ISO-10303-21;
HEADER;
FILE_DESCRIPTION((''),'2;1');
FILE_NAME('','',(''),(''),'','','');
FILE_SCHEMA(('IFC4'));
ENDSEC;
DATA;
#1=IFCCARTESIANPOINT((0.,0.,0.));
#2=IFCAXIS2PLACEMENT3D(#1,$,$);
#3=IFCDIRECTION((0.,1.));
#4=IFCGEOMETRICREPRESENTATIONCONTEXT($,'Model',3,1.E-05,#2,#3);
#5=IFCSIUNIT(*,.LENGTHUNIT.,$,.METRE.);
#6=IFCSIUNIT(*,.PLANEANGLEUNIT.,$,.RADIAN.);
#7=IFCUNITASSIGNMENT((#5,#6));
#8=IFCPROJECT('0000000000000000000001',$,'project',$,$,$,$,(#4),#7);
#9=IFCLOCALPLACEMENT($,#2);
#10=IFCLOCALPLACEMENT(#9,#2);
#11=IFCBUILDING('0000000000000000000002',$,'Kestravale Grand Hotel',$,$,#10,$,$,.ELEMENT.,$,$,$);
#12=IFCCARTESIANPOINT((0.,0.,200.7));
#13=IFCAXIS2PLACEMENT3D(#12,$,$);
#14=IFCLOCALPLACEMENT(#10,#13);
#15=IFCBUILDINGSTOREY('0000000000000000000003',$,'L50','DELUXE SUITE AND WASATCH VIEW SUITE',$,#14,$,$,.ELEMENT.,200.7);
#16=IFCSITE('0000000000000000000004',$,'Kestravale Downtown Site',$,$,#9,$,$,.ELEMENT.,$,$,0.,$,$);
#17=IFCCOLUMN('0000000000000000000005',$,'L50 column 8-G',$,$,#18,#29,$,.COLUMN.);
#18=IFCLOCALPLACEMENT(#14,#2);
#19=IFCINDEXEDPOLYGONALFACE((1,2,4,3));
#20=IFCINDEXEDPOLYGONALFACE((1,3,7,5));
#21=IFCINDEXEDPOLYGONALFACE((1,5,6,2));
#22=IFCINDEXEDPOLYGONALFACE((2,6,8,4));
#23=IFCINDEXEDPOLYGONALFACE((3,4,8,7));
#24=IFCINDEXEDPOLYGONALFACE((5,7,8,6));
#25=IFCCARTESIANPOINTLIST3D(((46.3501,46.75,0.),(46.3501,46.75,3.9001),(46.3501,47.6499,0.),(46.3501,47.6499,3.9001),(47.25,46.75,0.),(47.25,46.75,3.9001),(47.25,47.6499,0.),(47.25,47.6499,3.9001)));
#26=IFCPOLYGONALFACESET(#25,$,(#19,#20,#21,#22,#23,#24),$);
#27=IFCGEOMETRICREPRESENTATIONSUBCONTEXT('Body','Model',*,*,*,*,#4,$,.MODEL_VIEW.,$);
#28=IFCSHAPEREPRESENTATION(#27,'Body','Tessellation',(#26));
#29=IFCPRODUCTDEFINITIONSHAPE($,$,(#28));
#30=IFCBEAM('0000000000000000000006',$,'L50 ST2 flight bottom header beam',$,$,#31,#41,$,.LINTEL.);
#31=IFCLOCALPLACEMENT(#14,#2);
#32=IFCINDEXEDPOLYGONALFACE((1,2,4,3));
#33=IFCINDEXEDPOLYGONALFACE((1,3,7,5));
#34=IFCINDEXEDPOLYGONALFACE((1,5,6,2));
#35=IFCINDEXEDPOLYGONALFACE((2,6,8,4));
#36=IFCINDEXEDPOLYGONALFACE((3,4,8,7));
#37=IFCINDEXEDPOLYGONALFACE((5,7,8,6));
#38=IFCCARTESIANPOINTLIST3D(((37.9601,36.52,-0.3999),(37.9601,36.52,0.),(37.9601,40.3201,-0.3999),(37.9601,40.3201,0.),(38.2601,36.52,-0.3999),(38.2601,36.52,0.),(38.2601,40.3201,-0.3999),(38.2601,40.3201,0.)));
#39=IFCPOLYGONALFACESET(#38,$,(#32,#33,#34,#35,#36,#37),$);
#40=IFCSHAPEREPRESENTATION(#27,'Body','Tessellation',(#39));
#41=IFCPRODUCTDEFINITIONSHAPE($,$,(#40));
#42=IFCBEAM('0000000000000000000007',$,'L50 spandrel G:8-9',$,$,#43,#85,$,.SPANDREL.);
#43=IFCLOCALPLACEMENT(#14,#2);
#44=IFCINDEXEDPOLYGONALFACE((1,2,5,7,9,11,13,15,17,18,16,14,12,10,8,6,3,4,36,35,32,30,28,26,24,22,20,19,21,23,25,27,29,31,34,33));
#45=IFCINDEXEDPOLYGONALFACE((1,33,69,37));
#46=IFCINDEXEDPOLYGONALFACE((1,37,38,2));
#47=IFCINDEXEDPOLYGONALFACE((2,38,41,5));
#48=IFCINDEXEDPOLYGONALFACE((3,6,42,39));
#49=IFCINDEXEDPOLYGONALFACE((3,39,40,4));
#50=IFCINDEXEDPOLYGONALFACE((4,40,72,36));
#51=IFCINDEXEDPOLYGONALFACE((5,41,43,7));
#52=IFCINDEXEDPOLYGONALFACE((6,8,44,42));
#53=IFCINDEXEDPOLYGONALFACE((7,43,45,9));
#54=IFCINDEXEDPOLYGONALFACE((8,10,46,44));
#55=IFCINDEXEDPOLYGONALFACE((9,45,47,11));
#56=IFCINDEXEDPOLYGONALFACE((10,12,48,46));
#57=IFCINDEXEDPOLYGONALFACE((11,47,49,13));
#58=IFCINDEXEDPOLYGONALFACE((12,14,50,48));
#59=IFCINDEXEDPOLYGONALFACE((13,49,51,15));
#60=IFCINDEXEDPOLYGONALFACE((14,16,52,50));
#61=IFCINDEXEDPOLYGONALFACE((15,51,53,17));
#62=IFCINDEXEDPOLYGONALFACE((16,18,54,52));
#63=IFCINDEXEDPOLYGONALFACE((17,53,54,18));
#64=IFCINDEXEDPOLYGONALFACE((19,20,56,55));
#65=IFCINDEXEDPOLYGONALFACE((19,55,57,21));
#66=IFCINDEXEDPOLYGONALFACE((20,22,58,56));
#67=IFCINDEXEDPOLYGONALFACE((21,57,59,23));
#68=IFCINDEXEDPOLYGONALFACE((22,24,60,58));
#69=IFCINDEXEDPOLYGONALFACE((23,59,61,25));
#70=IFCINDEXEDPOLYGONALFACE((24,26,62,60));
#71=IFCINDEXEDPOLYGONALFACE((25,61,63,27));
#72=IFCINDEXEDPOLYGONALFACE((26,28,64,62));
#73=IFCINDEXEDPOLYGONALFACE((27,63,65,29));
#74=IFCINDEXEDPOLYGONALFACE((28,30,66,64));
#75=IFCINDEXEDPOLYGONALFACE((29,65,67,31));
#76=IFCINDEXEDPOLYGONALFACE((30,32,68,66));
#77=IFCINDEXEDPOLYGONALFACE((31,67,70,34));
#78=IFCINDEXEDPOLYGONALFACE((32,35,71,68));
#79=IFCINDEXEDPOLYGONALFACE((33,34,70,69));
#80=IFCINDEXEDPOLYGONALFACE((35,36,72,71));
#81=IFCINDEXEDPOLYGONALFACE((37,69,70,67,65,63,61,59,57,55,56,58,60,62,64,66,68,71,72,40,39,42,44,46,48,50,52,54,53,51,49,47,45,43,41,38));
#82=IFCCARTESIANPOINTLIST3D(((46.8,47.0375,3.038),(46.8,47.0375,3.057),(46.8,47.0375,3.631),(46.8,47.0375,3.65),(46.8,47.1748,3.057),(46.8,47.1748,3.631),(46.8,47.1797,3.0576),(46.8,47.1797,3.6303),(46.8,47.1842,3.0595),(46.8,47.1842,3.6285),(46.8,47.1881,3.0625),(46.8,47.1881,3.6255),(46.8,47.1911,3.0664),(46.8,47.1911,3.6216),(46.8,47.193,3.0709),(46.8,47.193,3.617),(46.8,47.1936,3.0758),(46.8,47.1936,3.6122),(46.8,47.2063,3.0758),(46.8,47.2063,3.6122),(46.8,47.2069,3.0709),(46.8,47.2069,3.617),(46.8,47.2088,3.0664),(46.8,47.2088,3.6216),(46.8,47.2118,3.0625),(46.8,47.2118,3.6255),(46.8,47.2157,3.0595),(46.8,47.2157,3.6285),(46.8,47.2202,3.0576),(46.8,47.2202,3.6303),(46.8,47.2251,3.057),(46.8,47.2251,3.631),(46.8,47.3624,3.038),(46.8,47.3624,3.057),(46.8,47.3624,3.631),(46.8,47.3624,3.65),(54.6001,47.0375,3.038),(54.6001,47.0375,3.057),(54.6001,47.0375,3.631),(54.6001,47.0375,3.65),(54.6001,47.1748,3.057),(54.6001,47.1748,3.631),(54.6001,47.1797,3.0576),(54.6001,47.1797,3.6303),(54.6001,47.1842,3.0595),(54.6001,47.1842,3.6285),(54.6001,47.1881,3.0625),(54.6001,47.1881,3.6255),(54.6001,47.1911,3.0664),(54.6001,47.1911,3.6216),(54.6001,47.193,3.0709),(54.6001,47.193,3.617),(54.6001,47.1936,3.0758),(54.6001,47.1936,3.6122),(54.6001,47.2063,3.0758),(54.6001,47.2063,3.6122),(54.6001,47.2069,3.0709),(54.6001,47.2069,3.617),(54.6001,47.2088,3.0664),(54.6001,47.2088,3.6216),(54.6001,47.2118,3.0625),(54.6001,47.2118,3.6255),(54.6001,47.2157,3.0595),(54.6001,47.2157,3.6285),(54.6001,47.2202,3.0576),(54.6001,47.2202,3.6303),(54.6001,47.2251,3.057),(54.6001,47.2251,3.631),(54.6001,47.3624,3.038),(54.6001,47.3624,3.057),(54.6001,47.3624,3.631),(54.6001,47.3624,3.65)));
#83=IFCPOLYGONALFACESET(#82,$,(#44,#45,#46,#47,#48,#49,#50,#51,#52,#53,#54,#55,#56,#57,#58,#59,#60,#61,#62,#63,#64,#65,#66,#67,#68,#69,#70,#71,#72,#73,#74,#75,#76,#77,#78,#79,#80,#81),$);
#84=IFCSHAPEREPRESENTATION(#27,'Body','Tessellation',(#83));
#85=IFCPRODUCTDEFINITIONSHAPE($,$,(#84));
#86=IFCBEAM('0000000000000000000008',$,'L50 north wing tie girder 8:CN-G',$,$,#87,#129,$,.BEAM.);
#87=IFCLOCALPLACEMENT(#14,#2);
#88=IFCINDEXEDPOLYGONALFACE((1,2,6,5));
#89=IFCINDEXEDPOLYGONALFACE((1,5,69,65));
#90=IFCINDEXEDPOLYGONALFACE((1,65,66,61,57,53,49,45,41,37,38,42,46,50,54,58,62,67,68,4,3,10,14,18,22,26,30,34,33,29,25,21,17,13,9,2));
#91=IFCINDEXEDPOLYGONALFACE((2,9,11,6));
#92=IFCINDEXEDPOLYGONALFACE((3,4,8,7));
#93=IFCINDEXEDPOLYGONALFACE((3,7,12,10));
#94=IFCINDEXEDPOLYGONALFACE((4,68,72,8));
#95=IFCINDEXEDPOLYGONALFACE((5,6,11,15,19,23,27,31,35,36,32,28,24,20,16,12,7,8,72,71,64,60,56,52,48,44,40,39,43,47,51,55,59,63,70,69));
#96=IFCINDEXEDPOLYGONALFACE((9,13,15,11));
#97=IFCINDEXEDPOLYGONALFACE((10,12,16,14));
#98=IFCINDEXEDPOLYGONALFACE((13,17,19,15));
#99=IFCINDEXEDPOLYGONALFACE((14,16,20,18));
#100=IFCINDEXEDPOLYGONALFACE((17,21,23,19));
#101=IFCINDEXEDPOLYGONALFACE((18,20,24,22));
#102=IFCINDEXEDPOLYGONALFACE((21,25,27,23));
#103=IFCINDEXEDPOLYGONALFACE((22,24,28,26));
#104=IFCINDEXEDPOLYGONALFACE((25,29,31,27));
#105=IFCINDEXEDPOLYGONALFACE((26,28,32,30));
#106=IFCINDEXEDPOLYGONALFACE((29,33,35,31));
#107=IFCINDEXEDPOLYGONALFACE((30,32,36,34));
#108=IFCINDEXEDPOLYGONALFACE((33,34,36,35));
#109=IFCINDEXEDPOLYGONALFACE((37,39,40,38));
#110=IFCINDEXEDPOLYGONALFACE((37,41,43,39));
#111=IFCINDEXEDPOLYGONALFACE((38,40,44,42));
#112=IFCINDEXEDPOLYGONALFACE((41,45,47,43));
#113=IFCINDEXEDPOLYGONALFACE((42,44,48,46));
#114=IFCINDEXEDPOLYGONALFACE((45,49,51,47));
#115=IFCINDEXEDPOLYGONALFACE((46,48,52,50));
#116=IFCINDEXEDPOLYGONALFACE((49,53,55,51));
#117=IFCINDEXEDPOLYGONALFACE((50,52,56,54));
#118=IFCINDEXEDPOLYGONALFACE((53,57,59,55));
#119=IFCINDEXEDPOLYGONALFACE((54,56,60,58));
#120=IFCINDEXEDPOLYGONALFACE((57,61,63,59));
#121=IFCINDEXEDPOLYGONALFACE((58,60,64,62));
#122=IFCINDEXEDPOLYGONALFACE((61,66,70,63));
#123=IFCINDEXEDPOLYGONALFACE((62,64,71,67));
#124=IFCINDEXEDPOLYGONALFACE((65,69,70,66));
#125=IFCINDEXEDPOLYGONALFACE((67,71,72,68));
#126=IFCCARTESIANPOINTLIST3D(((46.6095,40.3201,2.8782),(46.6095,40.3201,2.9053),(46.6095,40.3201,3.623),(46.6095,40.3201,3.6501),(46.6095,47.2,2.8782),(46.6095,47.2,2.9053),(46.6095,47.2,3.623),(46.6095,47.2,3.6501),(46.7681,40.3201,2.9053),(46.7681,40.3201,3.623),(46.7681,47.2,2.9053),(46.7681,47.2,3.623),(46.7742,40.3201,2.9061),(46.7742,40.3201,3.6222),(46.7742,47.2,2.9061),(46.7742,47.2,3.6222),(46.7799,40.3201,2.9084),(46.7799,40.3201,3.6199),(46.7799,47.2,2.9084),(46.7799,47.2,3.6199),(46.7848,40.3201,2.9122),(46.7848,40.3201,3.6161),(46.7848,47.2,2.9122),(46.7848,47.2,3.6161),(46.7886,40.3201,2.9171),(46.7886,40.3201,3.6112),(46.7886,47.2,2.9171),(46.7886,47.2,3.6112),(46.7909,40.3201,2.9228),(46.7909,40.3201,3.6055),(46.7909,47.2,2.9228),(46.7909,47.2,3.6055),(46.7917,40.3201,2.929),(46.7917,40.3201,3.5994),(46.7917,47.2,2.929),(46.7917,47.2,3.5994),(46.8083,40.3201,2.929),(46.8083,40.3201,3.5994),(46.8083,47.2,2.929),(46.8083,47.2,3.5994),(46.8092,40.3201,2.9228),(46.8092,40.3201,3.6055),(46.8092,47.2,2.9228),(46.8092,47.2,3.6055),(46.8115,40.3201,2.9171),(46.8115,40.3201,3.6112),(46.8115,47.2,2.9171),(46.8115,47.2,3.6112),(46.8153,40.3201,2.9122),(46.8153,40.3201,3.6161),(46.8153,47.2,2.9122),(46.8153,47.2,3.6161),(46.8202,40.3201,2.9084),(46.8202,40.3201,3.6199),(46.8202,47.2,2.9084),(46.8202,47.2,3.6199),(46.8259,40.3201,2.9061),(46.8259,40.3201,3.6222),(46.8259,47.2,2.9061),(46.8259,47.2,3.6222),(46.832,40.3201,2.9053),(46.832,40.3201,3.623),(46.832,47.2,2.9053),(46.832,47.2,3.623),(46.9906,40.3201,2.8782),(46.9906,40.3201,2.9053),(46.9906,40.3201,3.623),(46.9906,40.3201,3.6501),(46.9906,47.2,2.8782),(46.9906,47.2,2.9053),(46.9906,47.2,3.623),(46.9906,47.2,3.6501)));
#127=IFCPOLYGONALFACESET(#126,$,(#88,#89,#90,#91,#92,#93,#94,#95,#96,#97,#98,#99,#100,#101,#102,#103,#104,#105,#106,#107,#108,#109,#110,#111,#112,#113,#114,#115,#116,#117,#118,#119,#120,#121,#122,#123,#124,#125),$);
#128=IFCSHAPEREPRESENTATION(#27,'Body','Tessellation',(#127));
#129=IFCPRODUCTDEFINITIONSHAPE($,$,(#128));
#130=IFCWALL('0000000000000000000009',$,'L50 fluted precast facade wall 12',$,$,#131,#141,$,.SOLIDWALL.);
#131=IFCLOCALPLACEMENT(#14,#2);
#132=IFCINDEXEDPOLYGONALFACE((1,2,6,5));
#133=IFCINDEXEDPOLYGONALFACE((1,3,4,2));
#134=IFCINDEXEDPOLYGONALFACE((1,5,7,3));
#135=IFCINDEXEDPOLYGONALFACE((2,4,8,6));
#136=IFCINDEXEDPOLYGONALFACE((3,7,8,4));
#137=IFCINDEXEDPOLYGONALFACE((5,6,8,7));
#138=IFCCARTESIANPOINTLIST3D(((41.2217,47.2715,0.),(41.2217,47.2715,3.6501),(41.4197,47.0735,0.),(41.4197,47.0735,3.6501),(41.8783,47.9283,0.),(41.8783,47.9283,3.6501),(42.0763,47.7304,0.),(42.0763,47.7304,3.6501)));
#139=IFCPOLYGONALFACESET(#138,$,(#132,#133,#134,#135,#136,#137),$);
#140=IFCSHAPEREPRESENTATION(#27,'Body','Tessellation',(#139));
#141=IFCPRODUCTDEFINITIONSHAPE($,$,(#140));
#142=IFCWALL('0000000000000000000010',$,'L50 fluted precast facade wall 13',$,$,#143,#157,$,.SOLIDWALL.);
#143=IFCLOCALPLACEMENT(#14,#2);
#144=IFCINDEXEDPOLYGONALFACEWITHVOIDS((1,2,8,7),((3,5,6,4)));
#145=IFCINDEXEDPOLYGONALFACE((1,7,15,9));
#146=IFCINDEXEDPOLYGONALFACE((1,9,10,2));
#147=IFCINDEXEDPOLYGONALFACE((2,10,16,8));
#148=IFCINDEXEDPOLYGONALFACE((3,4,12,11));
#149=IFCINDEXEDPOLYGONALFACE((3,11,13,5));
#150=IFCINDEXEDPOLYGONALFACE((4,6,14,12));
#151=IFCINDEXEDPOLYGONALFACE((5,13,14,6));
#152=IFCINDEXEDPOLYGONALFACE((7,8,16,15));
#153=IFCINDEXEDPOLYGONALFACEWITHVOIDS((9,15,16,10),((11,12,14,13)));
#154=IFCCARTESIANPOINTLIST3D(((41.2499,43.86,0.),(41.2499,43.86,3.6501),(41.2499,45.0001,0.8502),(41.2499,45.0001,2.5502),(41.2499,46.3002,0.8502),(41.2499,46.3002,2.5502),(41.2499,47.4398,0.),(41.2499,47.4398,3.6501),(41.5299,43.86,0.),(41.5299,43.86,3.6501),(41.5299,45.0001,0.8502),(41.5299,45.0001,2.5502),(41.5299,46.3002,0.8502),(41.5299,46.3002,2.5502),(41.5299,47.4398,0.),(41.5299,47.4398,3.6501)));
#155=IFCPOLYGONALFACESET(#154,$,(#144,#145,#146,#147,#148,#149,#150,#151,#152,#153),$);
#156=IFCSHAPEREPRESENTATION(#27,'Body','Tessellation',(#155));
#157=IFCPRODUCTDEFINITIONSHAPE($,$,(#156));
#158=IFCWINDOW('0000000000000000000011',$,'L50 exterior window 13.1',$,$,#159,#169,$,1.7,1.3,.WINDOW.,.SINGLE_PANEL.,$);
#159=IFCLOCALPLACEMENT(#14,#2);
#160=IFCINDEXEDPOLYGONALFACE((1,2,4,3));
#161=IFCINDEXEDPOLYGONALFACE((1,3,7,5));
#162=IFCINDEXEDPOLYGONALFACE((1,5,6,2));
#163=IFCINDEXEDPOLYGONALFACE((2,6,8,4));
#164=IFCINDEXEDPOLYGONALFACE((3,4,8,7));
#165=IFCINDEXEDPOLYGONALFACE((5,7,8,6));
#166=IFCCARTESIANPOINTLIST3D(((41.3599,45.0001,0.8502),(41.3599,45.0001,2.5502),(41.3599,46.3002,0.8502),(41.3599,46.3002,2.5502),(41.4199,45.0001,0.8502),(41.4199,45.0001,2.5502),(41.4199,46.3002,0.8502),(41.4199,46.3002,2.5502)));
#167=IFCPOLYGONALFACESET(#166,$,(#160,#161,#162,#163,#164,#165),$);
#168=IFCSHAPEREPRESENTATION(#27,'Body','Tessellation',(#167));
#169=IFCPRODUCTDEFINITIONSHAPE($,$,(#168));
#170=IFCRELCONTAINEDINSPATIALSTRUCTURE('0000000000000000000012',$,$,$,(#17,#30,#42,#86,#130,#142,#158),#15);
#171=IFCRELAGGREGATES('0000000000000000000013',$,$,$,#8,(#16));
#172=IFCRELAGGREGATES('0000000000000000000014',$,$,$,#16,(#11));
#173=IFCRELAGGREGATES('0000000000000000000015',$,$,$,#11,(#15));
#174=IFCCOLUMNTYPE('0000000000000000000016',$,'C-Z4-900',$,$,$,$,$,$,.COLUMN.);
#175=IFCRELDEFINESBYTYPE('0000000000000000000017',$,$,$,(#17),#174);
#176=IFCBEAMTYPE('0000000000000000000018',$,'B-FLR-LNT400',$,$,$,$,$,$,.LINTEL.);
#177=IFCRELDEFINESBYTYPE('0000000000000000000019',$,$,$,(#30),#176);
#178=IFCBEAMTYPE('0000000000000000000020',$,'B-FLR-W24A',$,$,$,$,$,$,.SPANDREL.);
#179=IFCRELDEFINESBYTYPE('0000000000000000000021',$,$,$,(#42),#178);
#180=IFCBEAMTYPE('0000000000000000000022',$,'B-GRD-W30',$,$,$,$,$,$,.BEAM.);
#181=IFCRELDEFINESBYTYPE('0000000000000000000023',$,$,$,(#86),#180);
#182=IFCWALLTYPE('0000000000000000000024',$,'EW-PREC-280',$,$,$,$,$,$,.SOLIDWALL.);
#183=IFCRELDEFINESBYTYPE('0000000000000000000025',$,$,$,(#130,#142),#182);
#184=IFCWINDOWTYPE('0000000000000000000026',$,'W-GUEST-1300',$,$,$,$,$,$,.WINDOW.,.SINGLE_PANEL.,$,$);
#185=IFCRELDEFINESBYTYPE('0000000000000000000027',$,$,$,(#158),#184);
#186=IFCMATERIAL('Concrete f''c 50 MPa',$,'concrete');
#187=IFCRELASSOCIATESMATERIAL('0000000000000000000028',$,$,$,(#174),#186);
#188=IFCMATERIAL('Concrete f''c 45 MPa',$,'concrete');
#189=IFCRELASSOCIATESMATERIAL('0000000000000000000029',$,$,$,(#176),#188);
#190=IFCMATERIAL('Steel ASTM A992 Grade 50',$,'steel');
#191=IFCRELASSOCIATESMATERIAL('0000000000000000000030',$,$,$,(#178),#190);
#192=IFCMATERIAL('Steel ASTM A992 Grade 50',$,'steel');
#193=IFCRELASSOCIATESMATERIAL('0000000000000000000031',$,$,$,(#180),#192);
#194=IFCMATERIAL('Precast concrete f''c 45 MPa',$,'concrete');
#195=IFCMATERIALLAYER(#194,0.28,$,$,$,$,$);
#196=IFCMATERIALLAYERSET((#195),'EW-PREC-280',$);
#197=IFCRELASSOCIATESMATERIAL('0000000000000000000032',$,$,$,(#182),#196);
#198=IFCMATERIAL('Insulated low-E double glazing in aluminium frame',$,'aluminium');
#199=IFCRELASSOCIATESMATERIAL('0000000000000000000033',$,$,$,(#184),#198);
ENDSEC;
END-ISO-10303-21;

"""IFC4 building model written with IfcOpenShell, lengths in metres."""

from ifc_helpers import new_model, si_unit, direction, frame, frame_2d, origin, origin_2d, place, context, subcontext, project, spatial, rectangle, i_section, extrude, material, layer, layer_set, material_profile, profile_set, type_object, element, fill, save


model = new_model("IFC4")

# Units and contexts
model_context = context("Model", 3, precision=1e-05, world=origin(), true_north=direction((0.0, 1.0)))
body_context = subcontext(model_context, "Body", "Model", "MODEL_VIEW")
ifc_project = project(units=[si_unit("LENGTHUNIT", "METRE"), si_unit("PLANEANGLEUNIT", "RADIAN")], contexts=[model_context])

# Site, building, storey
site_placement = place(None, origin())
site = spatial("IfcSite", under=ifc_project, at=site_placement, Name="Kestravale Downtown Site", CompositionType="ELEMENT", RefElevation=0.0)
building_placement = place(site_placement, origin())
building = spatial("IfcBuilding", under=site, at=building_placement, Name="Kestravale Grand Hotel", CompositionType="ELEMENT")
storey_placement = place(building_placement, frame((0.0, 0.0, 200.7)))
storey = spatial("IfcBuildingStorey", under=building, at=storey_placement, Name="L50", Description="DELUXE SUITE AND WASATCH VIEW SUITE", CompositionType="ELEMENT", Elevation=200.7)

# Column
ifc_material_1 = material(Name="Concrete f'c 50 MPa", Category="concrete")
ifc_material_profile_1 = material_profile(ifc_material_1, rectangle(XDim=0.8999, YDim=0.8999, at=origin_2d()))
ifc_profile_set_1 = profile_set([ifc_material_profile_1], Name="Concrete f'c 50 MPa")
column_type = type_object("IfcColumnType", Name="C-Z4-900", PredefinedType="COLUMN", material=ifc_profile_set_1)
column_placement = place(storey_placement, frame((46.8, 47.2, 0.0), z_axis=(0.0, 0.0, 1.0), x_axis=(1.0, 0.0, 0.0)))
element("IfcColumn", 1, at=column_placement, inside=storey, type_object=column_type, Name="L50 column 8-G", PredefinedType="COLUMN", context=body_context, shape_type="SweptSolid", body=[
    extrude(rectangle(XDim=0.8999, YDim=0.8999, at=origin_2d()), origin(), (0.0, 0.0, 1.0), 3.9001),
])

# Beams
ifc_material_2 = material(Name="Concrete f'c 45 MPa", Category="concrete")
ifc_material_profile_2 = material_profile(ifc_material_2, rectangle(XDim=0.3, YDim=0.3999, at=origin_2d()))
ifc_profile_set_2 = profile_set([ifc_material_profile_2], Name="Concrete f'c 45 MPa")
beam_type_1 = type_object("IfcBeamType", Name="B-FLR-LNT400", PredefinedType="LINTEL", material=ifc_profile_set_2)
beam_1_placement = place(storey_placement, frame((38.1101, 36.52, -0.2), z_axis=(0.0, 1.0, 0.0), x_axis=(-1.0, 0.0, 0.0)))
element("IfcBeam", 2, at=beam_1_placement, inside=storey, type_object=beam_type_1, Name="L50 ST2 flight bottom header beam", PredefinedType="LINTEL", context=body_context, shape_type="SweptSolid", body=[
    extrude(rectangle(XDim=0.3, YDim=0.3999, at=origin_2d()), origin(), (0.0, 0.0, 1.0), 3.8),
])
ifc_material_3 = material(Name="Steel ASTM A992 Grade 50", Category="steel")
ifc_material_profile_3 = material_profile(ifc_material_3, i_section(OverallWidth=0.325, OverallDepth=0.6121, WebThickness=0.0127, FlangeThickness=0.019, FilletRadius=0.0188, at=origin_2d()))
ifc_profile_set_3 = profile_set([ifc_material_profile_3], Name="Steel ASTM A992 Grade 50")
beam_type_2 = type_object("IfcBeamType", Name="B-FLR-W24A", PredefinedType="SPANDREL", material=ifc_profile_set_3)
beam_2_placement = place(storey_placement, frame((46.8, 47.2, 3.344), z_axis=(1.0, 0.0, 0.0), x_axis=(0.0, 1.0, 0.0)))
element("IfcBeam", 3, at=beam_2_placement, inside=storey, type_object=beam_type_2, Name="L50 spandrel G:8-9", PredefinedType="SPANDREL", context=body_context, shape_type="SweptSolid", body=[
    extrude(i_section(OverallWidth=0.325, OverallDepth=0.6121, WebThickness=0.0127, FlangeThickness=0.019, FilletRadius=0.0188, at=origin_2d()), origin(), (0.0, 0.0, 1.0), 7.8),
])
ifc_material_4 = material(Name="Steel ASTM A992 Grade 50", Category="steel")
ifc_material_profile_4 = material_profile(ifc_material_4, i_section(OverallWidth=0.3811, OverallDepth=0.772, WebThickness=0.0166, FlangeThickness=0.0271, FilletRadius=0.0237, at=origin_2d()))
ifc_profile_set_4 = profile_set([ifc_material_profile_4], Name="Steel ASTM A992 Grade 50")
beam_type_3 = type_object("IfcBeamType", Name="B-GRD-W30", PredefinedType="BEAM", material=ifc_profile_set_4)
beam_3_placement = place(storey_placement, frame((46.8, 40.3201, 3.2642), z_axis=(0.0, 1.0, 0.0), x_axis=(-1.0, 0.0, 0.0)))
element("IfcBeam", 4, at=beam_3_placement, inside=storey, type_object=beam_type_3, Name="L50 north wing tie girder 8:CN-G", PredefinedType="BEAM", context=body_context, shape_type="SweptSolid", body=[
    extrude(i_section(OverallWidth=0.3811, OverallDepth=0.772, WebThickness=0.0166, FlangeThickness=0.0271, FilletRadius=0.0237, at=origin_2d()), origin(), (0.0, 0.0, 1.0), 6.8799),
])

# Wall
ifc_material_5 = material(Name="Precast concrete f'c 45 MPa", Category="concrete")
ifc_layer_1 = layer(ifc_material_5, 0.28)
ifc_layer_set_1 = layer_set([ifc_layer_1], Name="EW-PREC-280")
wall_type_1 = type_object("IfcWallType", Name="EW-PREC-280", PredefinedType="SOLIDWALL", material=ifc_layer_set_1)
wall_1_placement = place(storey_placement, frame((41.9773, 47.8293, 0.0), z_axis=(0.0, 0.0, 1.0), x_axis=(-0.706975, -0.707238, 0.0)))
element("IfcWall", 5, at=wall_1_placement, inside=storey, type_object=wall_type_1, Name="L50 fluted precast facade wall 12", PredefinedType="SOLIDWALL", context=body_context, shape_type="SweptSolid", body=[
    extrude(rectangle(XDim=0.9287, YDim=0.28, at=frame_2d((0.4644, 0.0))), origin(), (0.0, 0.0, 1.0), 3.6501),
])

# Wall, opening, window
wall_2_placement = place(storey_placement, frame((41.3899, 47.4399, 0.0), z_axis=(0.0, 0.0, 1.0), x_axis=(0.0, -1.0, 0.0)))
wall_2 = element("IfcWall", 6, at=wall_2_placement, inside=storey, type_object=wall_type_1, Name="L50 fluted precast facade wall 13", PredefinedType="SOLIDWALL", context=body_context, shape_type="SweptSolid", body=[
    extrude(rectangle(XDim=3.5798, YDim=0.28, at=frame_2d((1.79, 0.0))), origin(), (0.0, 0.0, 1.0), 3.6501),
])
opening_1_placement = place(wall_2_placement, frame((1.1399, 0.0, 0.8501)))
opening_1 = element("IfcOpeningElement", 7, at=opening_1_placement, cuts=wall_2, PredefinedType="OPENING", context=body_context, shape_type="SweptSolid", body=[
    extrude(rectangle(XDim=1.3, YDim=1.7, at=frame_2d((0.6499, 0.8501))), frame((0.0, 0.1499, 0.0), z_axis=(0.0, -1.0, 0.0), x_axis=(1.0, 0.0, 0.0)), (0.0, 0.0, 1.0), 0.3),
])
ifc_material_6 = material(Name="Insulated low-E double glazing in aluminium frame", Category="aluminium")
window_type = type_object("IfcWindowType", Name="W-GUEST-1300", PartitioningType="SINGLE_PANEL", PredefinedType="WINDOW", material=ifc_material_6)
window_1_placement = place(opening_1_placement, origin())
window_1 = element("IfcWindow", 8, at=window_1_placement, inside=storey, type_object=window_type, Name="L50 exterior window 13.1", OverallHeight=1.7, OverallWidth=1.3, PartitioningType="SINGLE_PANEL", PredefinedType="WINDOW", context=body_context, shape_type="SweptSolid", body=[
    extrude(rectangle(XDim=1.3, YDim=1.7, at=frame_2d((0.6499, 0.8501))), frame((0.0, 0.03, 0.0), z_axis=(0.0, -1.0, 0.0), x_axis=(1.0, 0.0, 0.0)), (0.0, 0.0, 1.0), 0.0601),
])
fill(opening_1, window_1)

save(model, "model.ifc")
